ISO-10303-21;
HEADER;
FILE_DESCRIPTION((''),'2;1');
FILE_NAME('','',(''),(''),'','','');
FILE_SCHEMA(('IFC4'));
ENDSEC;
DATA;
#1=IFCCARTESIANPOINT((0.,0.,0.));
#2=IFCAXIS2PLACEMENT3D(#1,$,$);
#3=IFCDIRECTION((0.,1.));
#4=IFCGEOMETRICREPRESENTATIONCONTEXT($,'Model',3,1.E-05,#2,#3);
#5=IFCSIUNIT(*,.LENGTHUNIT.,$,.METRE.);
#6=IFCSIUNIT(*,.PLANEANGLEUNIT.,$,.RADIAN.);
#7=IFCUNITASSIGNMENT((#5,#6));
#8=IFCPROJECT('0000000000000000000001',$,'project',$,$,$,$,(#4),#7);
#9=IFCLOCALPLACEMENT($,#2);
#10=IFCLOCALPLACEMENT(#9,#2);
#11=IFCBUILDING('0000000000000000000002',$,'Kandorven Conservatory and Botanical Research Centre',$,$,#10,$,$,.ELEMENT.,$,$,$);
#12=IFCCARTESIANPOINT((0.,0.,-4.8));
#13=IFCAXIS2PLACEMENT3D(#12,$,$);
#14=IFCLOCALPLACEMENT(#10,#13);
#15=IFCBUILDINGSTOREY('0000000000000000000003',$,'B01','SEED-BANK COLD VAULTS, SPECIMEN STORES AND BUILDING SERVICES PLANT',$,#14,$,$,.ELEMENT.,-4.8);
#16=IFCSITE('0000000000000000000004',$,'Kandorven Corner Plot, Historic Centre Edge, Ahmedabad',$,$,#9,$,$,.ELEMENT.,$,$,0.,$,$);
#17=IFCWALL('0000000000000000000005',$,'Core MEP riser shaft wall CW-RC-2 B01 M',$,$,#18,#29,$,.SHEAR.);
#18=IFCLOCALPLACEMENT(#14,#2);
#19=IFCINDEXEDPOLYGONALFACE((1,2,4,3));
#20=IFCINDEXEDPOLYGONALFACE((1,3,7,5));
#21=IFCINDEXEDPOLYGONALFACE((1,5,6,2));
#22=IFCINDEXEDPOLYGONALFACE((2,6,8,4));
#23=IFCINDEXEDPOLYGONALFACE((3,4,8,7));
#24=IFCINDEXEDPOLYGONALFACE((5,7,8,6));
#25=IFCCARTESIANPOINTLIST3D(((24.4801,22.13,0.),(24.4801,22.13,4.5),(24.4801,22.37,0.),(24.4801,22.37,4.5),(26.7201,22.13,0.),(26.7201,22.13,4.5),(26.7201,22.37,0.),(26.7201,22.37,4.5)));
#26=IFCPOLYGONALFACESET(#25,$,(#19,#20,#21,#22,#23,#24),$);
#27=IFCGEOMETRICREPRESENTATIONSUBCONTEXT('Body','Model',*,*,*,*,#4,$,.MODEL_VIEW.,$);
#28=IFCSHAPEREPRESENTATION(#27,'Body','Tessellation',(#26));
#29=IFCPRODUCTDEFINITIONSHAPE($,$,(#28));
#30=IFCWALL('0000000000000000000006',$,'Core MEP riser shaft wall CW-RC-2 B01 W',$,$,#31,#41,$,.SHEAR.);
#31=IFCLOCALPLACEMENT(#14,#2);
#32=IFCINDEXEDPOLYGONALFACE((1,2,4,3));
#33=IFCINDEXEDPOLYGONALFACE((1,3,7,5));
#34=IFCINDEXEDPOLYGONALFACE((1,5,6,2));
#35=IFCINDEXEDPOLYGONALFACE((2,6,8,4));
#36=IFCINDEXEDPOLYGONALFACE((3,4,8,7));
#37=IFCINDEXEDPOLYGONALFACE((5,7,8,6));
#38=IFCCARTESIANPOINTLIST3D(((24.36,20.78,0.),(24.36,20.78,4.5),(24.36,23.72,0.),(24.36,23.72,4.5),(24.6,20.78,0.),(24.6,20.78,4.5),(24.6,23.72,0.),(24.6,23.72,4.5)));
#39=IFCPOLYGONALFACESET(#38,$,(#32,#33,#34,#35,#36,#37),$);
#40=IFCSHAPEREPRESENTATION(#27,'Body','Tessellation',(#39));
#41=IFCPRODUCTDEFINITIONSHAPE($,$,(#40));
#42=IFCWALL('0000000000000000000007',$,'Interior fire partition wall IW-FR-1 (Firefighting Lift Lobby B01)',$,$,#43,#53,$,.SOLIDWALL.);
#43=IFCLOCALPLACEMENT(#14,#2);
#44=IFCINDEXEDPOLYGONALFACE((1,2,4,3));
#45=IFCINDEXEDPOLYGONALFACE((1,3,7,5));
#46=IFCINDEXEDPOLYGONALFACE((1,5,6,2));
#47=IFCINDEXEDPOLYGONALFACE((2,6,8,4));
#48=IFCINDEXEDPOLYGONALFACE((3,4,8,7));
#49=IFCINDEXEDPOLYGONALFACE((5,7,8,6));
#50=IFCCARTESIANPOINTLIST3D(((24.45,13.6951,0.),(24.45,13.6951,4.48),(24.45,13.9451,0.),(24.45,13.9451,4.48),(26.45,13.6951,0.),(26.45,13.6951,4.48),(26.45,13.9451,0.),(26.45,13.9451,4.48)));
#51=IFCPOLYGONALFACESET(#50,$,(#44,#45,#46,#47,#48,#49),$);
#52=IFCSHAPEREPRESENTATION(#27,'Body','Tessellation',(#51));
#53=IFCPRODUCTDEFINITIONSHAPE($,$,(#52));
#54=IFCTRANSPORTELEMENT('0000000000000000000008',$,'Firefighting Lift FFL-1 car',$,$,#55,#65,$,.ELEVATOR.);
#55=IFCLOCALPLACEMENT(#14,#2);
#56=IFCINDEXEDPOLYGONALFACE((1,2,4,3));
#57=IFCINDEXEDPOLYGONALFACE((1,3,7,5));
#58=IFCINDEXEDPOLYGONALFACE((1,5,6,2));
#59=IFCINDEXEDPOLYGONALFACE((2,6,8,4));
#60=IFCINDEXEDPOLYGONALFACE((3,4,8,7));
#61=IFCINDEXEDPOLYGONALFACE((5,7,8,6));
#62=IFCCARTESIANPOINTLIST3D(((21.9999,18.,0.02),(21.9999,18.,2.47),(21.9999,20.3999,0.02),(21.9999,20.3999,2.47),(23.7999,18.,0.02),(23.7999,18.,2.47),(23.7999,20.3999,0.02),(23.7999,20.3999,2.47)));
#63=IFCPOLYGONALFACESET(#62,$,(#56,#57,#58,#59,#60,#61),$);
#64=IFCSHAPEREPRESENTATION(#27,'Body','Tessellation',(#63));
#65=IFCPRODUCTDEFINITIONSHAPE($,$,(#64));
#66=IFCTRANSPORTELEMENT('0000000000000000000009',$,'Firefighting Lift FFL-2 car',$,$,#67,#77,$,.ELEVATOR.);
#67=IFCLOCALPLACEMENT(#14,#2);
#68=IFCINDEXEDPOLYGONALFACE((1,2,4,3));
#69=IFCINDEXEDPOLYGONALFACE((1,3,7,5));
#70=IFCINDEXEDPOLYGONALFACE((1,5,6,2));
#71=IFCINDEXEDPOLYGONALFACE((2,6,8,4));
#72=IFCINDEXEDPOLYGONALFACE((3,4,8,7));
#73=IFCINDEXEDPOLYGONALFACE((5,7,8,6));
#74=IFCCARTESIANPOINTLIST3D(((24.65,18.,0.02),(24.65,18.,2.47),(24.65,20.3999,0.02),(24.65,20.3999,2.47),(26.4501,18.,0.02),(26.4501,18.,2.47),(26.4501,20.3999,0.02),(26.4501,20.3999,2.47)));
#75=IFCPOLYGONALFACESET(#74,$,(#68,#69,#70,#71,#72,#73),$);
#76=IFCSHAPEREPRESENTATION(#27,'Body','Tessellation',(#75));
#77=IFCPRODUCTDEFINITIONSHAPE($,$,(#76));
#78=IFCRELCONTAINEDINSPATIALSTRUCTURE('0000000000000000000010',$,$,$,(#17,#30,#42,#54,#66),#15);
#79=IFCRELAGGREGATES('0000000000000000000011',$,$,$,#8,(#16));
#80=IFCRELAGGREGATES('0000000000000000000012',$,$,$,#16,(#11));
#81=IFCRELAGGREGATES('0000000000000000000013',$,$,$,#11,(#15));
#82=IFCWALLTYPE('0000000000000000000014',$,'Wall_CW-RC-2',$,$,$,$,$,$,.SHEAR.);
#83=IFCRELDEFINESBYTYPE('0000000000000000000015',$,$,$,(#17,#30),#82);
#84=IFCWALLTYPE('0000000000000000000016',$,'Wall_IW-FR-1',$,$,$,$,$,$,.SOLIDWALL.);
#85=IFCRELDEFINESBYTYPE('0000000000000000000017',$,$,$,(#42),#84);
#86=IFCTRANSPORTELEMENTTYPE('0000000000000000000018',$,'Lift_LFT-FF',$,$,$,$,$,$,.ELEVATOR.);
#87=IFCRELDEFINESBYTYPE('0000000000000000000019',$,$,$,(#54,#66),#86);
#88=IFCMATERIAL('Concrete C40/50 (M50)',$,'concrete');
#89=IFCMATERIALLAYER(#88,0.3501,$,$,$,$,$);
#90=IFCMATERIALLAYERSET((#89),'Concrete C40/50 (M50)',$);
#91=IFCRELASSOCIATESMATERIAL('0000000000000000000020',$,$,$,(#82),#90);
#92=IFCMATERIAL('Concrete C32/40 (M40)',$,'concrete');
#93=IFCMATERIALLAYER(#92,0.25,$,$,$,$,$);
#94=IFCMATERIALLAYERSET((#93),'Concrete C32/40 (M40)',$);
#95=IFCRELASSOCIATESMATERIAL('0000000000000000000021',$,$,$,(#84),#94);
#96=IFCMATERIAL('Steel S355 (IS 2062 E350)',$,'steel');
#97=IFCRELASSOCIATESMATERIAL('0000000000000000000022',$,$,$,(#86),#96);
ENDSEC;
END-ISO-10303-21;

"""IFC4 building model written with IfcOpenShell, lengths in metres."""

from ifc_helpers import new_model, si_unit, direction, frame, frame_2d, origin, origin_2d, place, context, subcontext, project, spatial, rectangle, extrude, material, layer, layer_set, type_object, element, save


model = new_model("IFC4")

# Units and contexts
model_context = context("Model", 3, precision=1e-05, world=origin(), true_north=direction((0.0, 1.0)))
body_context = subcontext(model_context, "Body", "Model", "MODEL_VIEW")
ifc_project = project(units=[si_unit("LENGTHUNIT", "METRE"), si_unit("PLANEANGLEUNIT", "RADIAN")], contexts=[model_context])

# Site, building, storey
site_placement = place(None, origin())
site = spatial("IfcSite", under=ifc_project, at=site_placement, Name="Kandorven Corner Plot, Historic Centre Edge, Ahmedabad", CompositionType="ELEMENT", RefElevation=0.0)
building_placement = place(site_placement, origin())
building = spatial("IfcBuilding", under=site, at=building_placement, Name="Kandorven Conservatory and Botanical Research Centre", CompositionType="ELEMENT")
storey_placement = place(building_placement, frame((0.0, 0.0, -4.8)))
storey = spatial("IfcBuildingStorey", under=building, at=storey_placement, Name="B01", Description="SEED-BANK COLD VAULTS, SPECIMEN STORES AND BUILDING SERVICES PLANT", CompositionType="ELEMENT", Elevation=-4.8)

# Shared definitions
ifc_material_1 = material(Name="Concrete C40/50 (M50)", Category="concrete")
ifc_layer_1 = layer(ifc_material_1, 0.3501)
ifc_layer_set_1 = layer_set([ifc_layer_1], Name="Concrete C40/50 (M50)")
wall_type_1 = type_object("IfcWallType", Name="Wall_CW-RC-2", PredefinedType="SHEAR", material=ifc_layer_set_1)

# Walls
for number, where, z_axis, x_axis, name in (
    (1, (24.48, 22.25, 0.0), (0.0, 0.0, 1.0), (1.0, 0.0, 0.0), "Core MEP riser shaft wall CW-RC-2 B01 M"),
):
    element("IfcWall", number, at=place(storey_placement, frame(where, z_axis=z_axis, x_axis=x_axis)), inside=storey, type_object=wall_type_1, Name=name, PredefinedType="SHEAR", context=body_context, shape_type="SweptSolid", body=[
        extrude(rectangle(XDim=2.24, YDim=0.24, at=frame_2d((1.1201, 0.0))), origin(), (0.0, 0.0, 1.0), 4.5),
    ])
wall_1_placement = place(storey_placement, frame((24.48, 20.78, 0.0), z_axis=(0.0, 0.0, 1.0), x_axis=(0.0, 1.0, 0.0)))
element("IfcWall", 2, at=wall_1_placement, inside=storey, type_object=wall_type_1, Name="Core MEP riser shaft wall CW-RC-2 B01 W", PredefinedType="SHEAR", context=body_context, shape_type="SweptSolid", body=[
    extrude(rectangle(XDim=2.9399, YDim=0.24, at=frame_2d((1.47, 0.0))), origin(), (0.0, 0.0, 1.0), 4.5),
])
ifc_material_2 = material(Name="Concrete C32/40 (M40)", Category="concrete")
ifc_layer_2 = layer(ifc_material_2, 0.25)
ifc_layer_set_2 = layer_set([ifc_layer_2], Name="Concrete C32/40 (M40)")
wall_type_2 = type_object("IfcWallType", Name="Wall_IW-FR-1", PredefinedType="SOLIDWALL", material=ifc_layer_set_2)
wall_2_placement = place(storey_placement, frame((24.45, 13.8201, 0.0), z_axis=(0.0, 0.0, 1.0), x_axis=(1.0, 0.0, 0.0)))
element("IfcWall", 3, at=wall_2_placement, inside=storey, type_object=wall_type_2, Name="Interior fire partition wall IW-FR-1 (Firefighting Lift Lobby B01)", PredefinedType="SOLIDWALL", context=body_context, shape_type="SweptSolid", body=[
    extrude(rectangle(XDim=2.0, YDim=0.25, at=frame_2d((1.0, 0.0))), origin(), (0.0, 0.0, 1.0), 4.48),
])

# Transport elements
ifc_material_3 = material(Name="Steel S355 (IS 2062 E350)", Category="steel")
transport_element_type = type_object("IfcTransportElementType", Name="Lift_LFT-FF", PredefinedType="ELEVATOR", material=ifc_material_3)
for number, where, z_axis, x_axis, name in (
    (4, (22.8999, 19.2, 0.02), (0.0, 0.0, 1.0), (1.0, 0.0, 0.0), "Firefighting Lift FFL-1 car"),
    (5, (25.55, 19.2, 0.02), (0.0, 0.0, 1.0), (1.0, 0.0, 0.0), "Firefighting Lift FFL-2 car"),
):
    element("IfcTransportElement", number, at=place(storey_placement, frame(where, z_axis=z_axis, x_axis=x_axis)), inside=storey, type_object=transport_element_type, Name=name, PredefinedType="ELEVATOR", context=body_context, shape_type="SweptSolid", body=[
        extrude(rectangle(XDim=1.8, YDim=2.3999, at=origin_2d()), origin(), (0.0, 0.0, 1.0), 2.45),
    ])

save(model, "model.ifc")
